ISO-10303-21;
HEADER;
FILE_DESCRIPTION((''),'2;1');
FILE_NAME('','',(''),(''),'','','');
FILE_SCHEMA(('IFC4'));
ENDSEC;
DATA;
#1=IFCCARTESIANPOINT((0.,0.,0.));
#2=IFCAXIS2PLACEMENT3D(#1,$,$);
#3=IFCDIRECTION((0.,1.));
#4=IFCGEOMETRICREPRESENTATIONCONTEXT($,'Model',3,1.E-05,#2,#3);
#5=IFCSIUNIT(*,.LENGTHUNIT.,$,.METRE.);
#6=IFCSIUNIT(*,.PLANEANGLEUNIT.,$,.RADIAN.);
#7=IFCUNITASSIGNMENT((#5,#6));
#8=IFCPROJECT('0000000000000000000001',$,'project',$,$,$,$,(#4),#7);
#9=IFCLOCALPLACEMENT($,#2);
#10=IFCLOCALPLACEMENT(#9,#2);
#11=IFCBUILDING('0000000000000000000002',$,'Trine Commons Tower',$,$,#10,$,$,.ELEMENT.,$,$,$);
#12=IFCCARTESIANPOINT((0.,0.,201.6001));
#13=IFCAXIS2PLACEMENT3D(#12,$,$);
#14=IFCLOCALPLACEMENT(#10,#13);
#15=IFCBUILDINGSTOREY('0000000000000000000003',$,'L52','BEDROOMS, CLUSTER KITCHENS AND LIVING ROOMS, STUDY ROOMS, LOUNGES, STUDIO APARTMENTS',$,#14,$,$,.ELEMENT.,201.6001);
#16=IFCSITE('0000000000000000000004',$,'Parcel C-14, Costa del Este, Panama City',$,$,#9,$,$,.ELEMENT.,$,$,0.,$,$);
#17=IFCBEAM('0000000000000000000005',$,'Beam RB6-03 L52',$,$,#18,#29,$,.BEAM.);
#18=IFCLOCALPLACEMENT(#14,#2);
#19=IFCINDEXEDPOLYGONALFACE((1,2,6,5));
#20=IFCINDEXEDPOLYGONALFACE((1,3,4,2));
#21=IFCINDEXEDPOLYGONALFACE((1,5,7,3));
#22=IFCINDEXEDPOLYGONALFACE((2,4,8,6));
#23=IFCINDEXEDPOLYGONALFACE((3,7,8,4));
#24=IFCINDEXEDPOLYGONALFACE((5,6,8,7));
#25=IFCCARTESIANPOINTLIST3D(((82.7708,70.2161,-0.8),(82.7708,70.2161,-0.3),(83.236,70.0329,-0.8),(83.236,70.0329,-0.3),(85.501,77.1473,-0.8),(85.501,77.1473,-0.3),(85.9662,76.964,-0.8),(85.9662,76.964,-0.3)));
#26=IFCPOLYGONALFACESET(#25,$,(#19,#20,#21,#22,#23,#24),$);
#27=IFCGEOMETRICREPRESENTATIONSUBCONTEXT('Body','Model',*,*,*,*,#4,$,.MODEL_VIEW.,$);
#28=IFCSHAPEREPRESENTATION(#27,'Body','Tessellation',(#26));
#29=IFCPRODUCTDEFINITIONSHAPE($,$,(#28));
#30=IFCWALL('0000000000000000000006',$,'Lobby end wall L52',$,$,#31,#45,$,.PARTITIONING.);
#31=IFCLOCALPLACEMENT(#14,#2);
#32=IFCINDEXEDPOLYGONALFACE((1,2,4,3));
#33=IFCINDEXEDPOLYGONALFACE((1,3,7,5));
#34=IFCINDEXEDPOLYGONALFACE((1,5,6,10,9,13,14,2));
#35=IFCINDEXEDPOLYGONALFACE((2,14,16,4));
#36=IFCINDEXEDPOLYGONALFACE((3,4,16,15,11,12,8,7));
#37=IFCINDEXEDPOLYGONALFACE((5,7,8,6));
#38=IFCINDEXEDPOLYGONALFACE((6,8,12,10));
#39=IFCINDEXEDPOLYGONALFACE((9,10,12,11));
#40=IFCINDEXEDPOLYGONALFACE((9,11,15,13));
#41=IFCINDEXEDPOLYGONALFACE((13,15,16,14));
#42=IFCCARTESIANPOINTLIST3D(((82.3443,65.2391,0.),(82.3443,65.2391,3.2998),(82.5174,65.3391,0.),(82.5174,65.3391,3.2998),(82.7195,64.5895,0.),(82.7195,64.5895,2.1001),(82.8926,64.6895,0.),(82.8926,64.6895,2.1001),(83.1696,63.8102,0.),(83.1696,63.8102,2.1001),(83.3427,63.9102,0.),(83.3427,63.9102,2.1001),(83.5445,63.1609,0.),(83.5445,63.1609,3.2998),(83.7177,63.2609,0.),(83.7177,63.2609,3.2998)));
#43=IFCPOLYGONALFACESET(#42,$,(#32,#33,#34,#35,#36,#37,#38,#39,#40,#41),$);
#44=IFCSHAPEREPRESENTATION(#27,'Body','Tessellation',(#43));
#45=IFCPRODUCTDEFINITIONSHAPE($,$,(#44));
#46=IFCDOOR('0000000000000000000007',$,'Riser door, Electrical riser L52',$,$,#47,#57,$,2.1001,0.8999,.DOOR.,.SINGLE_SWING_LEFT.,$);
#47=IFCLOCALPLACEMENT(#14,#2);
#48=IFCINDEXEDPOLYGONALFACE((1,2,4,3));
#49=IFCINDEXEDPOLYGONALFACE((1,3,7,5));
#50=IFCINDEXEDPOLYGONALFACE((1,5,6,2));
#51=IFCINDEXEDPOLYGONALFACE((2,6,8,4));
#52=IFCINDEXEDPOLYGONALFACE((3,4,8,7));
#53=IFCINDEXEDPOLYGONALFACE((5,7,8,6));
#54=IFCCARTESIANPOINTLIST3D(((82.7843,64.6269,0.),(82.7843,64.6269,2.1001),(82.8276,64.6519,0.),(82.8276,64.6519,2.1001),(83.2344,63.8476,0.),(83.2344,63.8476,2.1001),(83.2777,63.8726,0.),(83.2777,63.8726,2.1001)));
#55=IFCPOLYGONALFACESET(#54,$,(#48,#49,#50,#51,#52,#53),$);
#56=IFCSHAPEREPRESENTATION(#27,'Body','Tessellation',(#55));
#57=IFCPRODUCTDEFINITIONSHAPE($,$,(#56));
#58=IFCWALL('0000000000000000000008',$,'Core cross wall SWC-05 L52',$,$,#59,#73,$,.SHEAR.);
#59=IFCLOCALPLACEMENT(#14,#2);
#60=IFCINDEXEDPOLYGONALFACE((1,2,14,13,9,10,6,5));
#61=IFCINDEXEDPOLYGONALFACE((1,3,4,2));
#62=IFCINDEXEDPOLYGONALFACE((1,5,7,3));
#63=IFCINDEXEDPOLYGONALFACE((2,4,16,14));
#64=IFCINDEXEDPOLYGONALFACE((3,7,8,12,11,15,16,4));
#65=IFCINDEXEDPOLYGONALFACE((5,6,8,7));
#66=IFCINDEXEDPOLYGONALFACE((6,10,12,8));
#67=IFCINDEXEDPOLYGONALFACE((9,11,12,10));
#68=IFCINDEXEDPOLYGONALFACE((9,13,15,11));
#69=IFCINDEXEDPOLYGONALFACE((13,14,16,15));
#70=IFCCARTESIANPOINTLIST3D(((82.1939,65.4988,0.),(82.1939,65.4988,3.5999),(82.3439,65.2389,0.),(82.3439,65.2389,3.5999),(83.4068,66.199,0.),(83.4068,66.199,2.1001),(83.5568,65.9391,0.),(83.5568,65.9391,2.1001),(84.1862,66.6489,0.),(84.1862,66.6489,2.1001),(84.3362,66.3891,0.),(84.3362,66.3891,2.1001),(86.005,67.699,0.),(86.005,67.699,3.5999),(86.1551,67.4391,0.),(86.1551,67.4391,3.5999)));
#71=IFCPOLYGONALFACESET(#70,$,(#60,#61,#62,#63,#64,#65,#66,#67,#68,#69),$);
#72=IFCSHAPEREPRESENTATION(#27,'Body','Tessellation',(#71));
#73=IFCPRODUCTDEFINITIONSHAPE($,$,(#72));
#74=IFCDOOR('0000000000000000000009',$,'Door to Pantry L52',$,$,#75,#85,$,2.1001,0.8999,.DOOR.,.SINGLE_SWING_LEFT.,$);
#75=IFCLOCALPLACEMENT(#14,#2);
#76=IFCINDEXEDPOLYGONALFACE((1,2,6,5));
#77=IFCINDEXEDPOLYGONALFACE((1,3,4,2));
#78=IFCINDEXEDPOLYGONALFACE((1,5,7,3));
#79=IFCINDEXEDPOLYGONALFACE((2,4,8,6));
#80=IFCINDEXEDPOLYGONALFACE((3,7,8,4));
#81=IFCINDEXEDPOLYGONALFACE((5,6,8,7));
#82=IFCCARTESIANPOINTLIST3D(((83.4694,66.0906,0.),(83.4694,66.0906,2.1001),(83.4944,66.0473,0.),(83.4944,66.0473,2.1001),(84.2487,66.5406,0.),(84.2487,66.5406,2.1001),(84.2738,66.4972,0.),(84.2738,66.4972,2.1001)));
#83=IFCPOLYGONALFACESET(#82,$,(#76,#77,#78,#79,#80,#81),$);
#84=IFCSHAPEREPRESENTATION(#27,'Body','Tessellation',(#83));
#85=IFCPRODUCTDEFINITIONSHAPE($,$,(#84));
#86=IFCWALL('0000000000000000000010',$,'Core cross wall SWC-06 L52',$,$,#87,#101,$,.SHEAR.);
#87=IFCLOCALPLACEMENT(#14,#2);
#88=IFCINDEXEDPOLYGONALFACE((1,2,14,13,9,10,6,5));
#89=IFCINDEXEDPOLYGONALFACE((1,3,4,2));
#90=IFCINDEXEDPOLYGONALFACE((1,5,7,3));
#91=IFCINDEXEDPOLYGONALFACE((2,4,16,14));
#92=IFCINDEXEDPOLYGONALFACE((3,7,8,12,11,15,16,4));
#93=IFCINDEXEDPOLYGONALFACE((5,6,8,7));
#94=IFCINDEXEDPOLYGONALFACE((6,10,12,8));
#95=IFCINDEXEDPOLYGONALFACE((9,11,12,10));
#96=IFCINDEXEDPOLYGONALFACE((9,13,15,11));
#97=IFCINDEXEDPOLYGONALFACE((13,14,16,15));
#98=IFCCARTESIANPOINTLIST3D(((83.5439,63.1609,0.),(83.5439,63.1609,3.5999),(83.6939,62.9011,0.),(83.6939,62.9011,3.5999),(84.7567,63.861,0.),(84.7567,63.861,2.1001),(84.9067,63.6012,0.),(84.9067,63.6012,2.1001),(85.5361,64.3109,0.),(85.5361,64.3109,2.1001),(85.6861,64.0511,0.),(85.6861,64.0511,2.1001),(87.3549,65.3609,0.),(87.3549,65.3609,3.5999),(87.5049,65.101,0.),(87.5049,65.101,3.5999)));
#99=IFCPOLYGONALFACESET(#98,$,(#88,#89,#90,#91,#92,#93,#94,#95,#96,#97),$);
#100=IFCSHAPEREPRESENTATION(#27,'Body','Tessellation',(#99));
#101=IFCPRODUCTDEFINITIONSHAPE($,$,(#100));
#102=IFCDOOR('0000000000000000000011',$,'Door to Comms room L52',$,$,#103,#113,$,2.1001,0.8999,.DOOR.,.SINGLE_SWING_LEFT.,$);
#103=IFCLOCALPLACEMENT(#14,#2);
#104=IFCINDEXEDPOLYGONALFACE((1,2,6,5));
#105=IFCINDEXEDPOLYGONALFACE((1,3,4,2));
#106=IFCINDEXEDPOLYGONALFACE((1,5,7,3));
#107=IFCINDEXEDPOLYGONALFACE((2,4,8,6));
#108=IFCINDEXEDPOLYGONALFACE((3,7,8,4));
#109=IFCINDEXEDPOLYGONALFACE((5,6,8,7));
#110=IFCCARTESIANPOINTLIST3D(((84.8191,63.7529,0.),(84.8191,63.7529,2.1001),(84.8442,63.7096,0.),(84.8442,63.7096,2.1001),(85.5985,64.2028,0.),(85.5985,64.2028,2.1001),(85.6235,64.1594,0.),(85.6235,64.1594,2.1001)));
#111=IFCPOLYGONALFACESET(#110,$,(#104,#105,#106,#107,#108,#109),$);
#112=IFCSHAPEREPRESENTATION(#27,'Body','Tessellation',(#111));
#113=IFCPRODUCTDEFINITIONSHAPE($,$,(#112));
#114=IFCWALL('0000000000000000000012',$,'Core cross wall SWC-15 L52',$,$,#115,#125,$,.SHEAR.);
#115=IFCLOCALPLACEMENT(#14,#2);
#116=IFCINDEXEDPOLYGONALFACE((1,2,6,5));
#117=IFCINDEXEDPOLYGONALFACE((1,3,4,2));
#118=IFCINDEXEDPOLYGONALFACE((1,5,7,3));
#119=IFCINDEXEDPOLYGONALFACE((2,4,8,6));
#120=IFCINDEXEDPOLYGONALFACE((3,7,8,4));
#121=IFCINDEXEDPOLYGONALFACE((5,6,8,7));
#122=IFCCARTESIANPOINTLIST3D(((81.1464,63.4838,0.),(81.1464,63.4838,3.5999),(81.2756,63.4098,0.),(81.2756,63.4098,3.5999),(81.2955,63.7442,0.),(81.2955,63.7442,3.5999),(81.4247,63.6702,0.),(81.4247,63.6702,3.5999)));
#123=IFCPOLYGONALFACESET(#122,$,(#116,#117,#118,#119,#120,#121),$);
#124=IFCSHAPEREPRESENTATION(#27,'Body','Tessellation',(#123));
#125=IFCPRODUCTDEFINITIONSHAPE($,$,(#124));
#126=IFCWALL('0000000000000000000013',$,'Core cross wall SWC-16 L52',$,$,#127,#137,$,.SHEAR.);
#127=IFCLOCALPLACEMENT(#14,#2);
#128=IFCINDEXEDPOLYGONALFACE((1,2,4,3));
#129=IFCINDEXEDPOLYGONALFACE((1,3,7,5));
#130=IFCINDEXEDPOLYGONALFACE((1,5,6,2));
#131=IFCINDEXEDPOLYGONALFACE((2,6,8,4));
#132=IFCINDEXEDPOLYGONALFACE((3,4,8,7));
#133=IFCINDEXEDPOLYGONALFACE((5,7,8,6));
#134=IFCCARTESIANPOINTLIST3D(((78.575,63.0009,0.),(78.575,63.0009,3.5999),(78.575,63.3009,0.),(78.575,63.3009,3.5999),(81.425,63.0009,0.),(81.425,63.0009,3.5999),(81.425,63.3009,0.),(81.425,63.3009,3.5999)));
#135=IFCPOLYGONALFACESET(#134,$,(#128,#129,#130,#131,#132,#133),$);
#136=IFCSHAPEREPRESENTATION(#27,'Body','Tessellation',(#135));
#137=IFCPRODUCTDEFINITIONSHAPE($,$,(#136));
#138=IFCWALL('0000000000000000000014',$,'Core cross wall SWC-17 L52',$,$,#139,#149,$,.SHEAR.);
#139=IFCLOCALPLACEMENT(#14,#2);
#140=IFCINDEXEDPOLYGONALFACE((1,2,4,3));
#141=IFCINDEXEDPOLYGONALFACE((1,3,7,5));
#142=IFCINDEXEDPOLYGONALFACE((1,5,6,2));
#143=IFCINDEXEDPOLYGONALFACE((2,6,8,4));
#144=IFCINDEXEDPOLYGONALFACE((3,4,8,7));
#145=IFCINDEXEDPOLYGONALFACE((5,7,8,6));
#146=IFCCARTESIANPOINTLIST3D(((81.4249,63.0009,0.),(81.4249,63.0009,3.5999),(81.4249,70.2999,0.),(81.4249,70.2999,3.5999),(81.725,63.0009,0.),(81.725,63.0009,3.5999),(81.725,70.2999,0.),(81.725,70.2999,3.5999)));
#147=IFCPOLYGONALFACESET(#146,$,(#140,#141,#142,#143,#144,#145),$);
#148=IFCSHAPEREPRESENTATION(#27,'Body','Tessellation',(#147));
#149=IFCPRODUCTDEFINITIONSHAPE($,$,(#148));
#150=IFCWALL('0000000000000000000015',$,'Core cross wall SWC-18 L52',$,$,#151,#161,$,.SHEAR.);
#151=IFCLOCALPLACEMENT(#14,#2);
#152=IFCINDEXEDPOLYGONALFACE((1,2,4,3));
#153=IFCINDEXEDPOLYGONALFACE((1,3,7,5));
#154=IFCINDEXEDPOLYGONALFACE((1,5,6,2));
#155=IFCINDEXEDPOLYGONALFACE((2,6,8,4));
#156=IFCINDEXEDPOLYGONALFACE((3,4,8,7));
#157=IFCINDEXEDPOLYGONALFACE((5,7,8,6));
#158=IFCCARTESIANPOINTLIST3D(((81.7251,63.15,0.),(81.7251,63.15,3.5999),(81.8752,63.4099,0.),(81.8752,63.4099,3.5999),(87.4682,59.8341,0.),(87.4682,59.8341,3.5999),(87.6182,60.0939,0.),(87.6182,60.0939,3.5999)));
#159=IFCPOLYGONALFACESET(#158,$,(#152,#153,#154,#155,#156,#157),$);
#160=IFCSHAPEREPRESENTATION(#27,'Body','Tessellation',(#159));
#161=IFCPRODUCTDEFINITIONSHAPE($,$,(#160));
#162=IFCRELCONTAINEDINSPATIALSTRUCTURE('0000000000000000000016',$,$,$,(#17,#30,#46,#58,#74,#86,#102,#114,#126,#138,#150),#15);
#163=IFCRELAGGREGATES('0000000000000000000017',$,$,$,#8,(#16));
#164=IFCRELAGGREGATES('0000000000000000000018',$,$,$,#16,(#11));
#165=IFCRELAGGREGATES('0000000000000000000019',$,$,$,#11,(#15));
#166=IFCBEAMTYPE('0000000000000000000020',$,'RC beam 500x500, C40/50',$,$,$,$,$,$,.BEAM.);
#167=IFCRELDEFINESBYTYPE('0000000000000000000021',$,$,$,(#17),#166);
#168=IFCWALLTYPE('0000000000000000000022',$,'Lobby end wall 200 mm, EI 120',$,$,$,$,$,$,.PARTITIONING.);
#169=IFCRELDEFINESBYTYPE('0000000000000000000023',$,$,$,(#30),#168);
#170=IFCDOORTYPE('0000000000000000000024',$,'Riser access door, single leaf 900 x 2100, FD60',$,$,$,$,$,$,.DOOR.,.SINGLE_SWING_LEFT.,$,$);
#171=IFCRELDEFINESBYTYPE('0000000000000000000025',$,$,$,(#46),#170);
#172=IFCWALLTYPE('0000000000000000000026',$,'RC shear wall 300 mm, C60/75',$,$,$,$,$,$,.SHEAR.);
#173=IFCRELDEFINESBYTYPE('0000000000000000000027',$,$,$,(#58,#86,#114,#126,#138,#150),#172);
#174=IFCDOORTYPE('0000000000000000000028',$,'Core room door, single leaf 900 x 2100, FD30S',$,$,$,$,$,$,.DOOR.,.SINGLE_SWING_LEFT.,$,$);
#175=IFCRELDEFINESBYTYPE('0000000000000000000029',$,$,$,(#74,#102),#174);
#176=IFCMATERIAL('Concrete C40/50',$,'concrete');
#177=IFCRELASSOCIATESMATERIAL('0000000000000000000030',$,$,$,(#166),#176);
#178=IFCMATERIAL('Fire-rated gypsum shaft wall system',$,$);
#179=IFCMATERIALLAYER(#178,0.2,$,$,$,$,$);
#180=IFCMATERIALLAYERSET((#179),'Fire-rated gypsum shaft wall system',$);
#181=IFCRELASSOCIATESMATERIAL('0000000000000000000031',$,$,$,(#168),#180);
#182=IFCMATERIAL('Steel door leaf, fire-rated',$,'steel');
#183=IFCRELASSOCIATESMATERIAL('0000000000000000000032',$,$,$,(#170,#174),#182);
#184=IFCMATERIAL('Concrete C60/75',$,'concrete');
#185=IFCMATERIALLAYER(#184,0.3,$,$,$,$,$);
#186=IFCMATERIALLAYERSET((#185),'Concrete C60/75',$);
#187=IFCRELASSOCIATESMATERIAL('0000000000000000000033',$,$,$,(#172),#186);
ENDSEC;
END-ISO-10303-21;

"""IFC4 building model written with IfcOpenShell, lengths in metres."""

from ifc_helpers import new_model, si_unit, direction, frame, frame_2d, origin, origin_2d, place, context, subcontext, project, spatial, rectangle, extrude, material, layer, layer_set, material_profile, profile_set, type_object, element, fill, save


model = new_model("IFC4")

# Units and contexts
model_context = context("Model", 3, precision=1e-05, world=origin(), true_north=direction((0.0, 1.0)))
body_context = subcontext(model_context, "Body", "Model", "MODEL_VIEW")
ifc_project = project(units=[si_unit("LENGTHUNIT", "METRE"), si_unit("PLANEANGLEUNIT", "RADIAN")], contexts=[model_context])

# Site, building, storey
site_placement = place(None, origin())
site = spatial("IfcSite", under=ifc_project, at=site_placement, Name="Parcel C-14, Costa del Este, Panama City", CompositionType="ELEMENT", RefElevation=0.0)
building_placement = place(site_placement, origin())
building = spatial("IfcBuilding", under=site, at=building_placement, Name="Trine Commons Tower", CompositionType="ELEMENT")
storey_placement = place(building_placement, frame((0.0, 0.0, 201.6001)))
storey = spatial("IfcBuildingStorey", under=building, at=storey_placement, Name="L52", Description="BEDROOMS, CLUSTER KITCHENS AND LIVING ROOMS, STUDY ROOMS, LOUNGES, STUDIO APARTMENTS", CompositionType="ELEMENT", Elevation=201.6001)

# Beam
ifc_material_1 = material(Name="Concrete C40/50", Category="concrete")
ifc_material_profile = material_profile(ifc_material_1, rectangle(XDim=0.5, YDim=0.5, at=origin_2d()), Name="RC 500x500")
ifc_profile_set = profile_set([ifc_material_profile], Name="Concrete C40/50")
beam_type = type_object("IfcBeamType", Name="RC beam 500x500, C40/50", PredefinedType="BEAM", material=ifc_profile_set)
beam_placement = place(storey_placement, frame((83.0034, 70.1245, -0.55), z_axis=(0.366498, 0.930419, 0.0), x_axis=(-0.930419, 0.366498, 0.0)))
element("IfcBeam", 1, at=beam_placement, inside=storey, type_object=beam_type, Name="Beam RB6-03 L52", PredefinedType="BEAM", context=body_context, shape_type="SweptSolid", body=[
    extrude(rectangle(XDim=0.5, YDim=0.5, at=origin_2d()), origin(), (0.0, 0.0, 1.0), 7.4495),
])

# Walls, openings, doors
ifc_material_2 = material(Name="Fire-rated gypsum shaft wall system")
ifc_layer_1 = layer(ifc_material_2, 0.2)
ifc_layer_set_1 = layer_set([ifc_layer_1], Name="Fire-rated gypsum shaft wall system")
wall_type_1 = type_object("IfcWallType", Name="Lobby end wall 200 mm, EI 120", PredefinedType="PARTITIONING", material=ifc_layer_set_1)
wall_1_placement = place(storey_placement, frame((83.6311, 63.2109, 0.0), z_axis=(0.0, 0.0, 1.0), x_axis=(-0.500122, 0.865955, 0.0)))
wall_1 = element("IfcWall", 2, at=wall_1_placement, inside=storey, type_object=wall_type_1, Name="Lobby end wall L52", PredefinedType="PARTITIONING", context=body_context, shape_type="SweptSolid", body=[
    extrude(rectangle(XDim=2.3999, YDim=0.2, at=frame_2d((1.2, 0.0))), origin(), (0.0, 0.0, 1.0), 3.2998),
])
opening_1_placement = place(wall_1_placement, frame((0.7498, 0.0, 0.0)))
opening_1 = element("IfcOpeningElement", 3, at=opening_1_placement, cuts=wall_1, PredefinedType="OPENING", context=body_context, shape_type="SweptSolid", body=[
    extrude(rectangle(XDim=0.8999, YDim=2.1001, at=frame_2d((0.45, 1.05))), frame((0.0, 0.1099, 0.0), z_axis=(0.0, -1.0, 0.0), x_axis=(1.0, 0.0, 0.0)), (0.0, 0.0, 1.0), 0.22),
])
ifc_material_3 = material(Name="Steel door leaf, fire-rated", Category="steel")
door_type_1 = type_object("IfcDoorType", Name="Riser access door, single leaf 900 x 2100, FD60", OperationType="SINGLE_SWING_LEFT", PredefinedType="DOOR", material=ifc_material_3)
door_1_placement = place(opening_1_placement, frame((0.8999, 0.0, 0.0), z_axis=(0.0, 0.0, 1.0), x_axis=(-1.0, 0.0, 0.0)))
door_1 = element("IfcDoor", 4, at=door_1_placement, inside=storey, type_object=door_type_1, Name="Riser door, Electrical riser L52", OperationType="SINGLE_SWING_LEFT", OverallHeight=2.1001, OverallWidth=0.8999, PredefinedType="DOOR", context=body_context, shape_type="SweptSolid", body=[
    extrude(rectangle(XDim=0.8999, YDim=2.1001, at=frame_2d((0.45, 1.05))), frame((0.0, 0.0249, 0.0), z_axis=(0.0, -1.0, 0.0), x_axis=(1.0, 0.0, 0.0)), (0.0, 0.0, 1.0), 0.05),
])
fill(opening_1, door_1)
ifc_material_4 = material(Name="Concrete C60/75", Category="concrete")
ifc_layer_2 = layer(ifc_material_4, 0.3)
ifc_layer_set_2 = layer_set([ifc_layer_2], Name="Concrete C60/75")
wall_type_2 = type_object("IfcWallType", Name="RC shear wall 300 mm, C60/75", PredefinedType="SHEAR", material=ifc_layer_set_2)
wall_2_placement = place(storey_placement, frame((82.269, 65.3689, 0.0), z_axis=(0.0, 0.0, 1.0), x_axis=(0.866036, 0.499982, 0.0)))
wall_2 = element("IfcWall", 5, at=wall_2_placement, inside=storey, type_object=wall_type_2, Name="Core cross wall SWC-05 L52", PredefinedType="SHEAR", context=body_context, shape_type="SweptSolid", body=[
    extrude(rectangle(XDim=4.4006, YDim=0.3, at=frame_2d((2.2002, 0.0))), origin(), (0.0, 0.0, 1.0), 3.5999),
])
opening_2_placement = place(wall_2_placement, frame((1.4004, 0.0, 0.0)))
opening_2 = element("IfcOpeningElement", 6, at=opening_2_placement, cuts=wall_2, PredefinedType="OPENING", context=body_context, shape_type="SweptSolid", body=[
    extrude(rectangle(XDim=0.8999, YDim=2.1001, at=frame_2d((0.45, 1.05))), frame((0.0, 0.1599, 0.0), z_axis=(0.0, -1.0, 0.0), x_axis=(1.0, 0.0, 0.0)), (0.0, 0.0, 1.0), 0.3201),
])
door_type_2 = type_object("IfcDoorType", Name="Core room door, single leaf 900 x 2100, FD30S", OperationType="SINGLE_SWING_LEFT", PredefinedType="DOOR", material=ifc_material_3)
door_2_placement = place(opening_2_placement, origin())
door_2 = element("IfcDoor", 7, at=door_2_placement, inside=storey, type_object=door_type_2, Name="Door to Pantry L52", OperationType="SINGLE_SWING_LEFT", OverallHeight=2.1001, OverallWidth=0.8999, PredefinedType="DOOR", context=body_context, shape_type="SweptSolid", body=[
    extrude(rectangle(XDim=0.8999, YDim=2.1001, at=frame_2d((0.45, 1.05))), frame((0.0, 0.0249, 0.0), z_axis=(0.0, -1.0, 0.0), x_axis=(1.0, 0.0, 0.0)), (0.0, 0.0, 1.0), 0.05),
])
fill(opening_2, door_2)
wall_3_placement = place(storey_placement, frame((83.6189, 63.031, 0.0), z_axis=(0.0, 0.0, 1.0), x_axis=(0.86606, 0.49994, 0.0)))
wall_3 = element("IfcWall", 8, at=wall_3_placement, inside=storey, type_object=wall_type_2, Name="Core cross wall SWC-06 L52", PredefinedType="SHEAR", context=body_context, shape_type="SweptSolid", body=[
    extrude(rectangle(XDim=4.4004, YDim=0.3, at=frame_2d((2.2002, 0.0))), origin(), (0.0, 0.0, 1.0), 3.5999),
])
opening_3_placement = place(wall_3_placement, frame((1.4004, 0.0, 0.0)))
opening_3 = element("IfcOpeningElement", 9, at=opening_3_placement, cuts=wall_3, PredefinedType="OPENING", context=body_context, shape_type="SweptSolid", body=[
    extrude(rectangle(XDim=0.8999, YDim=2.1001, at=frame_2d((0.45, 1.05))), frame((0.0, 0.1599, 0.0), z_axis=(0.0, -1.0, 0.0), x_axis=(1.0, 0.0, 0.0)), (0.0, 0.0, 1.0), 0.3201),
])
door_3_placement = place(opening_3_placement, frame((0.8999, 0.0, 0.0), z_axis=(0.0, 0.0, 1.0), x_axis=(-1.0, 0.0, 0.0)))
door_3 = element("IfcDoor", 10, at=door_3_placement, inside=storey, type_object=door_type_2, Name="Door to Comms room L52", OperationType="SINGLE_SWING_LEFT", OverallHeight=2.1001, OverallWidth=0.8999, PredefinedType="DOOR", context=body_context, shape_type="SweptSolid", body=[
    extrude(rectangle(XDim=0.8999, YDim=2.1001, at=frame_2d((0.45, 1.05))), frame((0.0, 0.0249, 0.0), z_axis=(0.0, -1.0, 0.0), x_axis=(1.0, 0.0, 0.0)), (0.0, 0.0, 1.0), 0.05),
])
fill(opening_3, door_3)

# Walls
wall_4_placement = place(storey_placement, frame((81.2209, 63.614, 0.0), z_axis=(0.0, 0.0, 1.0), x_axis=(0.867738, -0.497022, 0.0)))
element("IfcWall", 11, at=wall_4_placement, inside=storey, type_object=wall_type_2, Name="Core cross wall SWC-15 L52", PredefinedType="SHEAR", context=body_context, shape_type="SweptSolid", body=[
    extrude(rectangle(XDim=0.1489, YDim=0.3, at=frame_2d((0.0745, 0.0))), origin(), (0.0, 0.0, 1.0), 3.5999),
])
wall_5_placement = place(storey_placement, frame((81.425, 63.1509, 0.0), z_axis=(0.0, 0.0, 1.0), x_axis=(-1.0, 0.0, 0.0)))
element("IfcWall", 12, at=wall_5_placement, inside=storey, type_object=wall_type_2, Name="Core cross wall SWC-16 L52", PredefinedType="SHEAR", context=body_context, shape_type="SweptSolid", body=[
    extrude(rectangle(XDim=2.8501, YDim=0.3, at=frame_2d((1.425, 0.0))), origin(), (0.0, 0.0, 1.0), 3.5999),
])
wall_6_placement = place(storey_placement, frame((81.575, 63.001, 0.0), z_axis=(0.0, 0.0, 1.0), x_axis=(0.0, 1.0, 0.0)))
element("IfcWall", 13, at=wall_6_placement, inside=storey, type_object=wall_type_2, Name="Core cross wall SWC-17 L52", PredefinedType="SHEAR", context=body_context, shape_type="SweptSolid", body=[
    extrude(rectangle(XDim=7.2991, YDim=0.3, at=frame_2d((3.6494, 0.0))), origin(), (0.0, 0.0, 1.0), 3.5999),
])
wall_7_placement = place(storey_placement, frame((81.8, 63.28, 0.0), z_axis=(0.0, 0.0, 1.0), x_axis=(0.86601, -0.500027, 0.0)))
element("IfcWall", 14, at=wall_7_placement, inside=storey, type_object=wall_type_2, Name="Core cross wall SWC-18 L52", PredefinedType="SHEAR", context=body_context, shape_type="SweptSolid", body=[
    extrude(rectangle(XDim=6.6316, YDim=0.3, at=frame_2d((3.3159, 0.0))), origin(), (0.0, 0.0, 1.0), 3.5999),
])

save(model, "model.ifc")
